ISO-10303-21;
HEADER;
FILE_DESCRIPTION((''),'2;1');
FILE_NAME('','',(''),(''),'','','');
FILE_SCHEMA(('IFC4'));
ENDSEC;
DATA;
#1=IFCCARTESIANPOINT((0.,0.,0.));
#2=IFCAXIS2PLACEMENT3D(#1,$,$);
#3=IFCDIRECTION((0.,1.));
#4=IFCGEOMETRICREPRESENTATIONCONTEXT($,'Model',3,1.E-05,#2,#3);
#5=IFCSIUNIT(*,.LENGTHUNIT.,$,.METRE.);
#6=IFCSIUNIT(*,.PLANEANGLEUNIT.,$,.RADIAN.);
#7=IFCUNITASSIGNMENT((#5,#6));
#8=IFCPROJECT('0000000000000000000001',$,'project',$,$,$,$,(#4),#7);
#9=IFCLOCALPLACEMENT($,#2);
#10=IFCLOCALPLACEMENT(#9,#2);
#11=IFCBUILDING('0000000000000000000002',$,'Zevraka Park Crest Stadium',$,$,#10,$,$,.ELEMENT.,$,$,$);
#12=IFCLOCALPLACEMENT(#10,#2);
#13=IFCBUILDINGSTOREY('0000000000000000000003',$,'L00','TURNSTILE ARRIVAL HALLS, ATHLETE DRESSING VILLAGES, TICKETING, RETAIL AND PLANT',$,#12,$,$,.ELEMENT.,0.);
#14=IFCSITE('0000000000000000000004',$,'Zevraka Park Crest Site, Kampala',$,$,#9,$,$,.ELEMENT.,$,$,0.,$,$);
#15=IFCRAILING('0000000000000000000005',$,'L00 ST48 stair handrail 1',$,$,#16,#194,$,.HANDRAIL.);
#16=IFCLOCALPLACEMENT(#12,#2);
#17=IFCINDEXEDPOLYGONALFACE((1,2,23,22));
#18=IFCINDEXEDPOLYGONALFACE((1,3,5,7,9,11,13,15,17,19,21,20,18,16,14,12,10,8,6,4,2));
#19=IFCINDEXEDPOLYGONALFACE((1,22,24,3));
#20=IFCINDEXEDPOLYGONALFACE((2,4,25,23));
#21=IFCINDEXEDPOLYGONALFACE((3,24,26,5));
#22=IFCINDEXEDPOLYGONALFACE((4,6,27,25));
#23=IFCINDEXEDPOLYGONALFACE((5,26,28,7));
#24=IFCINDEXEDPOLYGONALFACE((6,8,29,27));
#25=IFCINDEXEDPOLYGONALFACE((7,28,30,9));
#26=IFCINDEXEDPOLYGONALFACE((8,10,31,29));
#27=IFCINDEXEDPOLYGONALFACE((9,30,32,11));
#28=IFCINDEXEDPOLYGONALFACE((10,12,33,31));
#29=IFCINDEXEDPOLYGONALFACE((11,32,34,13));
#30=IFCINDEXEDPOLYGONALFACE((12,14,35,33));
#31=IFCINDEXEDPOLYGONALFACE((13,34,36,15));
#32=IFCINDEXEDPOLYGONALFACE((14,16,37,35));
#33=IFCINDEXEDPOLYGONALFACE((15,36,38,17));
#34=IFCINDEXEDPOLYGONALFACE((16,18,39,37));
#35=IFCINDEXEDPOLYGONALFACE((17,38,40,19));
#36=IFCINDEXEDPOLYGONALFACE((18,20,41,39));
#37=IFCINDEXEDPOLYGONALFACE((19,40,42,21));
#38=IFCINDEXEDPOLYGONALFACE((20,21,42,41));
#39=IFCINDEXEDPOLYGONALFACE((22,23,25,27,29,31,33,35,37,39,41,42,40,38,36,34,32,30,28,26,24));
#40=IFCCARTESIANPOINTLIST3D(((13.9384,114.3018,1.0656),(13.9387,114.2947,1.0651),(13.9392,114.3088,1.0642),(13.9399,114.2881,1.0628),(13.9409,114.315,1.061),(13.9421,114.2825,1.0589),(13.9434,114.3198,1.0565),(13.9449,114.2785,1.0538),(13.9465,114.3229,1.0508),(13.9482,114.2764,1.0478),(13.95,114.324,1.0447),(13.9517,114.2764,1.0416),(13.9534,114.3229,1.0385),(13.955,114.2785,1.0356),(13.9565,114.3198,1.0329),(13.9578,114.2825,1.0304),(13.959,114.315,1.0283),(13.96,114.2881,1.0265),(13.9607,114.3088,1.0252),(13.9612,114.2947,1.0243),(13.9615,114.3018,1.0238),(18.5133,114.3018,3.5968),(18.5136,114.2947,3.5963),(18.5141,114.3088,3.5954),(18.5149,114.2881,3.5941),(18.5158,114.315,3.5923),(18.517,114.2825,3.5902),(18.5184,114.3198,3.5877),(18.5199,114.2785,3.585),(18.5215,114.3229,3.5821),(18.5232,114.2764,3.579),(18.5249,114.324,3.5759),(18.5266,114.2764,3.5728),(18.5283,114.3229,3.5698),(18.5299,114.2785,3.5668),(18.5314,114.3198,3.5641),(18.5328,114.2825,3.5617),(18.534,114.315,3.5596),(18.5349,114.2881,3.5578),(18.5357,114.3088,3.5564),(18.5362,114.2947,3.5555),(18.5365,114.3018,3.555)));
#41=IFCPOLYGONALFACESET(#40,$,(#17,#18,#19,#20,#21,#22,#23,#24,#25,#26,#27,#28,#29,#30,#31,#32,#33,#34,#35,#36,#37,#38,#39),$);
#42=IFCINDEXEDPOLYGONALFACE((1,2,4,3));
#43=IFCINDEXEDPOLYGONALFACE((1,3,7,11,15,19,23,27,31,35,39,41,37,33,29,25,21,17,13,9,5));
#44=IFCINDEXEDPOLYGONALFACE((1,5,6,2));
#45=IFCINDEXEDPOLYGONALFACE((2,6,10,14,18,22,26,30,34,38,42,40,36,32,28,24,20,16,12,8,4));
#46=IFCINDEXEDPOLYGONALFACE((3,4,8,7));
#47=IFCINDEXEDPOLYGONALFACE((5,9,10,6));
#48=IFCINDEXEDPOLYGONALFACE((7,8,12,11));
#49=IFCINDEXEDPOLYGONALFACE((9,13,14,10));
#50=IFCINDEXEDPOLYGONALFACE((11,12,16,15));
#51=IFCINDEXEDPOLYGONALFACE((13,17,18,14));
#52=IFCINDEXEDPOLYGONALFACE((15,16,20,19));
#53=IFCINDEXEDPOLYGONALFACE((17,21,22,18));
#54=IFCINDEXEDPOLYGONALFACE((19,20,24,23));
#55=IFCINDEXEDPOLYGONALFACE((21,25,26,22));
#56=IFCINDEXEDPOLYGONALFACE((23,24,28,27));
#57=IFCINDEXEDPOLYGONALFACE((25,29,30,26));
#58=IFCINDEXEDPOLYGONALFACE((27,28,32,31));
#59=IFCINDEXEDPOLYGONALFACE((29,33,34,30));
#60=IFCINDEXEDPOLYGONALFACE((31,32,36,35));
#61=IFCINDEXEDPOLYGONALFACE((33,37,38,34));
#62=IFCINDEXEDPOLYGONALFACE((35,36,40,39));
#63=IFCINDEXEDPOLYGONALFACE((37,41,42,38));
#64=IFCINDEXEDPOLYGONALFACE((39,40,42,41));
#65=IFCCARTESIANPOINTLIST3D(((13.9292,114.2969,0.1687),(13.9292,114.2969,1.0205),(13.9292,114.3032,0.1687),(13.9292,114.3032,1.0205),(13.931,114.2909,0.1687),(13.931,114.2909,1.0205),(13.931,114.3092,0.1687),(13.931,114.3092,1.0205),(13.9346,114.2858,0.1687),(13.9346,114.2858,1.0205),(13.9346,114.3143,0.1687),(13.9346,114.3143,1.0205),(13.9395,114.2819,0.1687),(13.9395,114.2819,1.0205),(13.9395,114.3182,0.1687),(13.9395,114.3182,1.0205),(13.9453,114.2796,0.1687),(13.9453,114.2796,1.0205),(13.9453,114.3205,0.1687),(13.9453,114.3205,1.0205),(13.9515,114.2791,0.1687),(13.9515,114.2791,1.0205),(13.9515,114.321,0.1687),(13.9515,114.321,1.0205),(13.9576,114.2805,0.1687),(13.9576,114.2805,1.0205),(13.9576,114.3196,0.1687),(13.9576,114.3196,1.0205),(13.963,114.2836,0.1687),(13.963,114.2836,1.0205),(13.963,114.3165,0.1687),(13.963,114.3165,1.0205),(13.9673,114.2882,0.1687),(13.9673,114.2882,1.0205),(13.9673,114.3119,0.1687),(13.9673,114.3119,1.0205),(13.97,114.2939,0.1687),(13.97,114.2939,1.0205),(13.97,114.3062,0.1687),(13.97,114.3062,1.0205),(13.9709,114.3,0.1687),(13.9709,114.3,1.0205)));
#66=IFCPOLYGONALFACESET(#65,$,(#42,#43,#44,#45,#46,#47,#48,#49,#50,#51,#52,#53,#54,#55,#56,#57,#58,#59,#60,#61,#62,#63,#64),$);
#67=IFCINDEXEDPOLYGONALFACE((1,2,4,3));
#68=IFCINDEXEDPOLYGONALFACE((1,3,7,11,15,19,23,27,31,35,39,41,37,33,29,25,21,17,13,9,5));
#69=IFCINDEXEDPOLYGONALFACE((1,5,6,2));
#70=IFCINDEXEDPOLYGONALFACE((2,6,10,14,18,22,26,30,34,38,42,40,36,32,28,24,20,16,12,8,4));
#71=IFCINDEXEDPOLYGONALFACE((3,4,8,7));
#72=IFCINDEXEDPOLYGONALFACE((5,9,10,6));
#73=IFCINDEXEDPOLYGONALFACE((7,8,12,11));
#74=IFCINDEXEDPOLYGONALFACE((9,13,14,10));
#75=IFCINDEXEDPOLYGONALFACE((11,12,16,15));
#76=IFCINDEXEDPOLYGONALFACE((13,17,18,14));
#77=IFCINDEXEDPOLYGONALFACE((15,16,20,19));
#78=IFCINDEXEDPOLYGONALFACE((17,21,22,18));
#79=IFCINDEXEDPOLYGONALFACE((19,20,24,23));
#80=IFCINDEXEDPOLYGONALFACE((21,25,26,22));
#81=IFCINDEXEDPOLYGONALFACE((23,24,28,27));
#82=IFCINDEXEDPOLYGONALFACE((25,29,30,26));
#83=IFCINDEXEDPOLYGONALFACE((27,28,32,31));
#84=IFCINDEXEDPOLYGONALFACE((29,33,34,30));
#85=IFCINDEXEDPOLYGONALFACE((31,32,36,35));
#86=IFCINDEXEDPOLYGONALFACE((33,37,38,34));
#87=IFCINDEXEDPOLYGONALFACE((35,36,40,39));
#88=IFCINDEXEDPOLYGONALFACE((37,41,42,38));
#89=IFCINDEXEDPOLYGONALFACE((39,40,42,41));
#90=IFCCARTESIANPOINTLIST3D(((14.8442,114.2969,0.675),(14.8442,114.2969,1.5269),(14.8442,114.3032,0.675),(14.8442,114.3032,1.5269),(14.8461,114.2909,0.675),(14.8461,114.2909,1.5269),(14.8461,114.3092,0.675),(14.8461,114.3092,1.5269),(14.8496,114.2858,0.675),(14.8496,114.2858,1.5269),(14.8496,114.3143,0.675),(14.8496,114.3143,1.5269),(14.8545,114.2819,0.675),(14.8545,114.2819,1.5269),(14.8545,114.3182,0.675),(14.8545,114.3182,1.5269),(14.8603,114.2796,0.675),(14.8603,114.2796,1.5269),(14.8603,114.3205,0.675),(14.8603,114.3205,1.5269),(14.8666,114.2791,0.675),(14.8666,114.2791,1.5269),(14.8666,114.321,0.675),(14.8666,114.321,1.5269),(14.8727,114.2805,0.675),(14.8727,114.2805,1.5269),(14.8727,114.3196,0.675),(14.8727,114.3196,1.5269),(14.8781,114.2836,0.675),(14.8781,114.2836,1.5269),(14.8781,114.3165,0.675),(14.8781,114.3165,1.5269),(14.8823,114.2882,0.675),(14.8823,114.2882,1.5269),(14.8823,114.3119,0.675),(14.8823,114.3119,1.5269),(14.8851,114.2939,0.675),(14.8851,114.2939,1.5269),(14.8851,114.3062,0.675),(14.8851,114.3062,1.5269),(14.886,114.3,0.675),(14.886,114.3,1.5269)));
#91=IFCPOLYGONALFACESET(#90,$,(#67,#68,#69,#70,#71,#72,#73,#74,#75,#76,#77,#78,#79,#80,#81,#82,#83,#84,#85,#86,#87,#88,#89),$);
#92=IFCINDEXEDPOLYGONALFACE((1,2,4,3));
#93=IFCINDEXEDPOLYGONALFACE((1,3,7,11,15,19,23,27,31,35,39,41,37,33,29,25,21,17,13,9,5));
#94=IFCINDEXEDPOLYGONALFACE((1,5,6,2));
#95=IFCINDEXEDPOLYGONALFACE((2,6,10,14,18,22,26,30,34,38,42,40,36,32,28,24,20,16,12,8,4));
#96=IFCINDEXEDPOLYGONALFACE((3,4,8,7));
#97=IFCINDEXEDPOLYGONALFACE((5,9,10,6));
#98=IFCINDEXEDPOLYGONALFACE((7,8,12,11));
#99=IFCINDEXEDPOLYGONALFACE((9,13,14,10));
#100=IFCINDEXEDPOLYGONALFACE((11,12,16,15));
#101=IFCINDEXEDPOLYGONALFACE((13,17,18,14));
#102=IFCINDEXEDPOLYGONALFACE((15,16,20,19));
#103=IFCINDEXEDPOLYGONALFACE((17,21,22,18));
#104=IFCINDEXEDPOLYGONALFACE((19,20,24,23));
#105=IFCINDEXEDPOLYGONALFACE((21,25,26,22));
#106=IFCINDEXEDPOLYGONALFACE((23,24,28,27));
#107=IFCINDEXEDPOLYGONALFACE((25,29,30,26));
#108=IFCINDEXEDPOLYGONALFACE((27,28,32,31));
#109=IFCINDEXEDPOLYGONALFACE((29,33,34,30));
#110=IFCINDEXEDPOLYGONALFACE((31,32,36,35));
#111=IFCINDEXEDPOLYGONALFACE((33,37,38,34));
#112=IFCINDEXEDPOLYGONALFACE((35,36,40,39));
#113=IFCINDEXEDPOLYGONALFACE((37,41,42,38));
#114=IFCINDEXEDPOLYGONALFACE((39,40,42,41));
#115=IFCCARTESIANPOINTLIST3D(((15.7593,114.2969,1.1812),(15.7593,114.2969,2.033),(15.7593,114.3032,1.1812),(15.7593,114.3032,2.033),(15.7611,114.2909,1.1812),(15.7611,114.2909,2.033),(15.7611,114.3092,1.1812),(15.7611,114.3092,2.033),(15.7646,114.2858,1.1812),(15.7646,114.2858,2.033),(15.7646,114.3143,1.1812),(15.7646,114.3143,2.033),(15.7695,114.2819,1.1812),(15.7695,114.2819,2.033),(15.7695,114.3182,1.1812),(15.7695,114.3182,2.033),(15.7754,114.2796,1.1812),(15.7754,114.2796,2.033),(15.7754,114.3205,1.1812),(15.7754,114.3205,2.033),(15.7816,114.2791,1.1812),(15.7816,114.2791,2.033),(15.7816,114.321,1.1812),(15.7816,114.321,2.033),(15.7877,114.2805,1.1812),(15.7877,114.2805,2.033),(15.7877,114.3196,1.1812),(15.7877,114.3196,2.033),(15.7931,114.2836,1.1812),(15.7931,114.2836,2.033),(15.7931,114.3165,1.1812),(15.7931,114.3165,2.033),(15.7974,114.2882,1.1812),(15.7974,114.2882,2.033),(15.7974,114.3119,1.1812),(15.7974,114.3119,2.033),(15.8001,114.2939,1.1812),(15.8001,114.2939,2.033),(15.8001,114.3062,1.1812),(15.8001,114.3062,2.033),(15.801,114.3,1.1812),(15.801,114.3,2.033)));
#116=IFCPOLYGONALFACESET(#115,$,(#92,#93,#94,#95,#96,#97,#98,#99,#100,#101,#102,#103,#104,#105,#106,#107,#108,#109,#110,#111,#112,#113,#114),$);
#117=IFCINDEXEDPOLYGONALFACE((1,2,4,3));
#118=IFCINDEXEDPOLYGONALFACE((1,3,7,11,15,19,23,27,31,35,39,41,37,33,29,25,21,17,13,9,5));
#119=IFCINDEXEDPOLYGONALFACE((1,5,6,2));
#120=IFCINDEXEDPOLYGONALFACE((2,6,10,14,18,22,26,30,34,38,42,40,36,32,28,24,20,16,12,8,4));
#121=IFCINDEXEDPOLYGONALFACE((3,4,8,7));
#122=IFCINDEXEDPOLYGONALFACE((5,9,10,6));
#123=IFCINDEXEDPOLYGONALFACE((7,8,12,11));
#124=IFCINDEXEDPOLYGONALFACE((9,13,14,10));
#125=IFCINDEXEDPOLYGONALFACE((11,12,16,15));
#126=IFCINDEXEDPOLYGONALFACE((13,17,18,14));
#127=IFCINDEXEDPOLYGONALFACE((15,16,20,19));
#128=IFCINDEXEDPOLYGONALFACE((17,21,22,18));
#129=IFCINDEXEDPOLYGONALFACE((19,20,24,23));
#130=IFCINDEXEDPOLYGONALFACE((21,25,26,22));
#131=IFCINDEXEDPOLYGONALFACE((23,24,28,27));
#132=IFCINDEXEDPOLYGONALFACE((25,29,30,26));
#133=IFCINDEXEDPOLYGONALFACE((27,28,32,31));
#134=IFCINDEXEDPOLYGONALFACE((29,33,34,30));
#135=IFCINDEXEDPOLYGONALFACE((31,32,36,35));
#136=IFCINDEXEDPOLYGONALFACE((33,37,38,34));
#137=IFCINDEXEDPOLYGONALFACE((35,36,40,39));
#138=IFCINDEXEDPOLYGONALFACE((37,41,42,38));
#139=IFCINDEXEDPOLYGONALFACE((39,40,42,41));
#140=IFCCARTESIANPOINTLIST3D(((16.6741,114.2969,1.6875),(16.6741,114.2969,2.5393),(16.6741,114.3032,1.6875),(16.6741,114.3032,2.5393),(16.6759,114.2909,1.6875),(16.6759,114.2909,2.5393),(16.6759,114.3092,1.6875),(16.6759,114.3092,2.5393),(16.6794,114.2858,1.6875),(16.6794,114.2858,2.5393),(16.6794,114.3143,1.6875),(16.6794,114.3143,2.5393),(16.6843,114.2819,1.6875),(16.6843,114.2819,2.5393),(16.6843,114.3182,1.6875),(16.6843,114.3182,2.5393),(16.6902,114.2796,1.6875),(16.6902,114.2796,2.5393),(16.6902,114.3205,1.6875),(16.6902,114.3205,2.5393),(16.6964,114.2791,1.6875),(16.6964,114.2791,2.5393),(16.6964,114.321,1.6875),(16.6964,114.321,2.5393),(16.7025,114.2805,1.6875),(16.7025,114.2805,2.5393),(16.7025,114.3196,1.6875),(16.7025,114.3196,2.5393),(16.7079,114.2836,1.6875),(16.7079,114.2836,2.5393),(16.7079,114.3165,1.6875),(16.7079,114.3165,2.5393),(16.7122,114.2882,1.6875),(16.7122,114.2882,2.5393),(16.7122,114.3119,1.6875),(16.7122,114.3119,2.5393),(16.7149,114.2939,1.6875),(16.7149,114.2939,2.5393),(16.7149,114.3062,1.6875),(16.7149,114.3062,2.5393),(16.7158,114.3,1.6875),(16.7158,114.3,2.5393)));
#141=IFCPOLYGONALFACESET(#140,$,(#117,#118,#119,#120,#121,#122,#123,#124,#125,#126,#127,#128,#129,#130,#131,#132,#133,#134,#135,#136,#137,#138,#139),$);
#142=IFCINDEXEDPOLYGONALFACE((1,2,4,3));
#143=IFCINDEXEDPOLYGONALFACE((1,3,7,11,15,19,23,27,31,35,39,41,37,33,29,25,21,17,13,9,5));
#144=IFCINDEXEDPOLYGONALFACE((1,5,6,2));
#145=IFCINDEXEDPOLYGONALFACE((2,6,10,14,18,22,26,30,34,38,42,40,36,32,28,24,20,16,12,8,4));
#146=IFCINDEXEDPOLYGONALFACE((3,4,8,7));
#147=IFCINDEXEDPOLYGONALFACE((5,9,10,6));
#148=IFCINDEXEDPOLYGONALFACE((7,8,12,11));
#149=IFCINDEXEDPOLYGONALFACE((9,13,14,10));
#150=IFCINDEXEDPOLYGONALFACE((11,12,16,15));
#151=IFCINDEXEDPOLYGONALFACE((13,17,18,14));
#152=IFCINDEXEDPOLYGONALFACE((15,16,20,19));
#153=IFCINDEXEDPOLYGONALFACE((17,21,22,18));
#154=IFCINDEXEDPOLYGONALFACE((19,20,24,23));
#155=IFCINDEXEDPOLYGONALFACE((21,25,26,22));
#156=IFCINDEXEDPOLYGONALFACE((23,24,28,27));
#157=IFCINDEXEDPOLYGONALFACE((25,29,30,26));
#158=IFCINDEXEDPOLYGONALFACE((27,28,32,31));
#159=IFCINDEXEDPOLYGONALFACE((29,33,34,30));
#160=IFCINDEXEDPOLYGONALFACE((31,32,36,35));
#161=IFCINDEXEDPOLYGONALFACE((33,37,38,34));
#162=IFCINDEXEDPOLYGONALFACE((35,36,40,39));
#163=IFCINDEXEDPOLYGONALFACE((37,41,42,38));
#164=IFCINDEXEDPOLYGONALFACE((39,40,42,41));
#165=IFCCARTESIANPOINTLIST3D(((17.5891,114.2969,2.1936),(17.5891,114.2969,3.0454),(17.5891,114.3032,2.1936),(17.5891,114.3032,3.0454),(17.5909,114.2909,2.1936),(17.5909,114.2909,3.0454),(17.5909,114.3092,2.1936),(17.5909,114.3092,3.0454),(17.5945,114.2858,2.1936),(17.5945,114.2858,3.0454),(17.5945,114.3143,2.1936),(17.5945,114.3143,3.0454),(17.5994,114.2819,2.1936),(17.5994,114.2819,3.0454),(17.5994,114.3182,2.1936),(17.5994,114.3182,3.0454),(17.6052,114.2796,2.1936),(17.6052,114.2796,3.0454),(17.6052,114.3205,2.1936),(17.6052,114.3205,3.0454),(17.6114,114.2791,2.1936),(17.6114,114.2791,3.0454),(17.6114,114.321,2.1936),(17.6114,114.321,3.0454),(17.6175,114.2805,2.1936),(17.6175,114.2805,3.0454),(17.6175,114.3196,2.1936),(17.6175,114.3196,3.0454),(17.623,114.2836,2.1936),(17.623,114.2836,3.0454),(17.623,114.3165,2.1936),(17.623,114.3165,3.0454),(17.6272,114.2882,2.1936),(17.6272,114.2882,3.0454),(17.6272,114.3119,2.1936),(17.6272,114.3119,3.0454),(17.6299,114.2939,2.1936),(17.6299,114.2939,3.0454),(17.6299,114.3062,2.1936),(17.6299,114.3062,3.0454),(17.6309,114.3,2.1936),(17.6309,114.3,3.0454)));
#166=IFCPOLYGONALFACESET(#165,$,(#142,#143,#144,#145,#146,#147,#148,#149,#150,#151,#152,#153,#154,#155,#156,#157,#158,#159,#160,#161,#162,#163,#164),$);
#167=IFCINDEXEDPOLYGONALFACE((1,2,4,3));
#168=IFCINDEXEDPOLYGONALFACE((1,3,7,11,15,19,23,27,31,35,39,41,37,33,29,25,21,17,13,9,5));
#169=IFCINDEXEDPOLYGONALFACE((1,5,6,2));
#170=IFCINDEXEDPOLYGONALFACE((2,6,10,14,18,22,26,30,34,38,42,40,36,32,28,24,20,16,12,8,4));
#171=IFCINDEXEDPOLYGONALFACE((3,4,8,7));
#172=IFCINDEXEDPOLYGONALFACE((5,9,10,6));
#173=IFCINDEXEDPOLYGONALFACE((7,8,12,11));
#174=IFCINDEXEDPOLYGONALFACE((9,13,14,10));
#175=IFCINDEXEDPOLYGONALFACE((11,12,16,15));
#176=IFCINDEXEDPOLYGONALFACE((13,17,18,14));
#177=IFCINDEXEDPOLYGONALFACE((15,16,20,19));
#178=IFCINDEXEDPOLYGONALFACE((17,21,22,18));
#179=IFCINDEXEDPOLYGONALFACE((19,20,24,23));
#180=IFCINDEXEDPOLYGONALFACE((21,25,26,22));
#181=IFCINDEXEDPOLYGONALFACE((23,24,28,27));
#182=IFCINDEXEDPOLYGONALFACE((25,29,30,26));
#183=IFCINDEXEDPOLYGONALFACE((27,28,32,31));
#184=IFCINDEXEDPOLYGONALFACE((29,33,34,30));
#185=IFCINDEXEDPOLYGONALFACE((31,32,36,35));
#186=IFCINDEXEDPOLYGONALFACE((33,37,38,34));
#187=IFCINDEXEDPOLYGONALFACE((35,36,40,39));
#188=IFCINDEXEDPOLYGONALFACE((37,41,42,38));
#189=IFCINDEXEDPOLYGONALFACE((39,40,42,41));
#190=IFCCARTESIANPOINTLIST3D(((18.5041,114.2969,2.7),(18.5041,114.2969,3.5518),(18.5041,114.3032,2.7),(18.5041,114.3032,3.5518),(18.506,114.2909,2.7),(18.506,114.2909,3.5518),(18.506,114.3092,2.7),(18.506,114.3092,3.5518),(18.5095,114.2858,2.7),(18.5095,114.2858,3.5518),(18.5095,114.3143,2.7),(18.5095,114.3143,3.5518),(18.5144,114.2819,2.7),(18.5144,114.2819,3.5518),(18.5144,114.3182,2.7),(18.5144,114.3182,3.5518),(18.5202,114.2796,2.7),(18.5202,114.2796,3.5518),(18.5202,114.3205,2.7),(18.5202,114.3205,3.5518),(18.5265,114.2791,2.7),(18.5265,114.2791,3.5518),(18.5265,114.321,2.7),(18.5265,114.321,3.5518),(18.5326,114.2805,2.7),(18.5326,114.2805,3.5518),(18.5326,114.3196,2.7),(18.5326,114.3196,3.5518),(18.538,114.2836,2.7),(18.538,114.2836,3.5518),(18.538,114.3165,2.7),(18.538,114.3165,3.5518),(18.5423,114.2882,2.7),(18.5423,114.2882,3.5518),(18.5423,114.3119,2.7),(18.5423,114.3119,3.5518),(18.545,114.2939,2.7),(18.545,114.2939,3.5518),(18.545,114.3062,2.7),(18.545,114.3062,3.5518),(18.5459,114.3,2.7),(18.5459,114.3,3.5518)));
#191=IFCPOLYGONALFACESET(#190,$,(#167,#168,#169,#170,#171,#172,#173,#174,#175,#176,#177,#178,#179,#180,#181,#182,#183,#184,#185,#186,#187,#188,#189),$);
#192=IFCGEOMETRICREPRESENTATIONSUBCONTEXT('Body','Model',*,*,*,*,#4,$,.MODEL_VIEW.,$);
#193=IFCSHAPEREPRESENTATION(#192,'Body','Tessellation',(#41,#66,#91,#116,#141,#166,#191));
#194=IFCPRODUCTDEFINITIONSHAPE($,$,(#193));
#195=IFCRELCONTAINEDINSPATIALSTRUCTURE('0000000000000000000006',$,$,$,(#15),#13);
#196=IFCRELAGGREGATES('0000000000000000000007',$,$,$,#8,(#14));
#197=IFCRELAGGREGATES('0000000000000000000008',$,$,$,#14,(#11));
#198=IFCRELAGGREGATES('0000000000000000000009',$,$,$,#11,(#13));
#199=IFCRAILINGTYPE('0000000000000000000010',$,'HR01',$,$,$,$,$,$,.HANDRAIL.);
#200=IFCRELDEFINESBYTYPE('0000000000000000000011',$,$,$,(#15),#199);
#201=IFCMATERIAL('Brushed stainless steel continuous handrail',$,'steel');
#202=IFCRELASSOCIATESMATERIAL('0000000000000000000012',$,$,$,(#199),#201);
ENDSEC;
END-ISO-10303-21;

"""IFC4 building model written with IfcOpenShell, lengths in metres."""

from ifc_helpers import new_model, si_unit, direction, frame, origin, origin_2d, place, context, subcontext, project, spatial, circle, extrude, material, type_object, element, save


model = new_model("IFC4")

# Units and contexts
model_context = context("Model", 3, precision=1e-05, world=origin(), true_north=direction((0.0, 1.0)))
body_context = subcontext(model_context, "Body", "Model", "MODEL_VIEW")
ifc_project = project(units=[si_unit("LENGTHUNIT", "METRE"), si_unit("PLANEANGLEUNIT", "RADIAN")], contexts=[model_context])

# Site, building, storey
site_placement = place(None, origin())
site = spatial("IfcSite", under=ifc_project, at=site_placement, Name="Zevraka Park Crest Site, Kampala", CompositionType="ELEMENT", RefElevation=0.0)
building_placement = place(site_placement, origin())
building = spatial("IfcBuilding", under=site, at=building_placement, Name="Zevraka Park Crest Stadium", CompositionType="ELEMENT")
storey_placement = place(building_placement, origin())
storey = spatial("IfcBuildingStorey", under=building, at=storey_placement, Name="L00", Description="TURNSTILE ARRIVAL HALLS, ATHLETE DRESSING VILLAGES, TICKETING, RETAIL AND PLANT", CompositionType="ELEMENT", Elevation=0.0)

# Railing
ifc_material_1 = material(Name="Brushed stainless steel continuous handrail", Category="steel")
railing_type_1 = type_object("IfcRailingType", Name="HR01", PredefinedType="HANDRAIL", material=ifc_material_1)
railing_1_placement = place(storey_placement, frame((13.95, 114.3, 0.1687)))
element("IfcRailing", 1, at=railing_1_placement, inside=storey, type_object=railing_type_1, Name="L00 ST48 stair handrail 1", PredefinedType="HANDRAIL", context=body_context, shape_type="SweptSolid", body=[
    extrude(circle(Radius=0.0239, at=origin_2d()), frame((0.0, 0.0, 0.876), z_axis=(0.875, 0.0, 0.484124), x_axis=(0.0, 1.0, 0.0)), (0.0, 0.0, 1.0), 5.2285),
    extrude(circle(Radius=0.021, at=origin_2d()), origin(), (0.0, 0.0, 1.0), 0.8518),
    extrude(circle(Radius=0.021, at=origin_2d()), frame((0.915, 0.0, 0.5063)), (0.0, 0.0, 1.0), 0.8518),
    extrude(circle(Radius=0.021, at=origin_2d()), frame((1.8301, 0.0, 1.0125)), (0.0, 0.0, 1.0), 0.8518),
    extrude(circle(Radius=0.021, at=origin_2d()), frame((2.7449, 0.0, 1.5188)), (0.0, 0.0, 1.0), 0.8518),
    extrude(circle(Radius=0.021, at=origin_2d()), frame((3.6599, 0.0, 2.0249)), (0.0, 0.0, 1.0), 0.8518),
    extrude(circle(Radius=0.021, at=origin_2d()), frame((4.575, 0.0, 2.5312)), (0.0, 0.0, 1.0), 0.8518),
])

save(model, "model.ifc")
